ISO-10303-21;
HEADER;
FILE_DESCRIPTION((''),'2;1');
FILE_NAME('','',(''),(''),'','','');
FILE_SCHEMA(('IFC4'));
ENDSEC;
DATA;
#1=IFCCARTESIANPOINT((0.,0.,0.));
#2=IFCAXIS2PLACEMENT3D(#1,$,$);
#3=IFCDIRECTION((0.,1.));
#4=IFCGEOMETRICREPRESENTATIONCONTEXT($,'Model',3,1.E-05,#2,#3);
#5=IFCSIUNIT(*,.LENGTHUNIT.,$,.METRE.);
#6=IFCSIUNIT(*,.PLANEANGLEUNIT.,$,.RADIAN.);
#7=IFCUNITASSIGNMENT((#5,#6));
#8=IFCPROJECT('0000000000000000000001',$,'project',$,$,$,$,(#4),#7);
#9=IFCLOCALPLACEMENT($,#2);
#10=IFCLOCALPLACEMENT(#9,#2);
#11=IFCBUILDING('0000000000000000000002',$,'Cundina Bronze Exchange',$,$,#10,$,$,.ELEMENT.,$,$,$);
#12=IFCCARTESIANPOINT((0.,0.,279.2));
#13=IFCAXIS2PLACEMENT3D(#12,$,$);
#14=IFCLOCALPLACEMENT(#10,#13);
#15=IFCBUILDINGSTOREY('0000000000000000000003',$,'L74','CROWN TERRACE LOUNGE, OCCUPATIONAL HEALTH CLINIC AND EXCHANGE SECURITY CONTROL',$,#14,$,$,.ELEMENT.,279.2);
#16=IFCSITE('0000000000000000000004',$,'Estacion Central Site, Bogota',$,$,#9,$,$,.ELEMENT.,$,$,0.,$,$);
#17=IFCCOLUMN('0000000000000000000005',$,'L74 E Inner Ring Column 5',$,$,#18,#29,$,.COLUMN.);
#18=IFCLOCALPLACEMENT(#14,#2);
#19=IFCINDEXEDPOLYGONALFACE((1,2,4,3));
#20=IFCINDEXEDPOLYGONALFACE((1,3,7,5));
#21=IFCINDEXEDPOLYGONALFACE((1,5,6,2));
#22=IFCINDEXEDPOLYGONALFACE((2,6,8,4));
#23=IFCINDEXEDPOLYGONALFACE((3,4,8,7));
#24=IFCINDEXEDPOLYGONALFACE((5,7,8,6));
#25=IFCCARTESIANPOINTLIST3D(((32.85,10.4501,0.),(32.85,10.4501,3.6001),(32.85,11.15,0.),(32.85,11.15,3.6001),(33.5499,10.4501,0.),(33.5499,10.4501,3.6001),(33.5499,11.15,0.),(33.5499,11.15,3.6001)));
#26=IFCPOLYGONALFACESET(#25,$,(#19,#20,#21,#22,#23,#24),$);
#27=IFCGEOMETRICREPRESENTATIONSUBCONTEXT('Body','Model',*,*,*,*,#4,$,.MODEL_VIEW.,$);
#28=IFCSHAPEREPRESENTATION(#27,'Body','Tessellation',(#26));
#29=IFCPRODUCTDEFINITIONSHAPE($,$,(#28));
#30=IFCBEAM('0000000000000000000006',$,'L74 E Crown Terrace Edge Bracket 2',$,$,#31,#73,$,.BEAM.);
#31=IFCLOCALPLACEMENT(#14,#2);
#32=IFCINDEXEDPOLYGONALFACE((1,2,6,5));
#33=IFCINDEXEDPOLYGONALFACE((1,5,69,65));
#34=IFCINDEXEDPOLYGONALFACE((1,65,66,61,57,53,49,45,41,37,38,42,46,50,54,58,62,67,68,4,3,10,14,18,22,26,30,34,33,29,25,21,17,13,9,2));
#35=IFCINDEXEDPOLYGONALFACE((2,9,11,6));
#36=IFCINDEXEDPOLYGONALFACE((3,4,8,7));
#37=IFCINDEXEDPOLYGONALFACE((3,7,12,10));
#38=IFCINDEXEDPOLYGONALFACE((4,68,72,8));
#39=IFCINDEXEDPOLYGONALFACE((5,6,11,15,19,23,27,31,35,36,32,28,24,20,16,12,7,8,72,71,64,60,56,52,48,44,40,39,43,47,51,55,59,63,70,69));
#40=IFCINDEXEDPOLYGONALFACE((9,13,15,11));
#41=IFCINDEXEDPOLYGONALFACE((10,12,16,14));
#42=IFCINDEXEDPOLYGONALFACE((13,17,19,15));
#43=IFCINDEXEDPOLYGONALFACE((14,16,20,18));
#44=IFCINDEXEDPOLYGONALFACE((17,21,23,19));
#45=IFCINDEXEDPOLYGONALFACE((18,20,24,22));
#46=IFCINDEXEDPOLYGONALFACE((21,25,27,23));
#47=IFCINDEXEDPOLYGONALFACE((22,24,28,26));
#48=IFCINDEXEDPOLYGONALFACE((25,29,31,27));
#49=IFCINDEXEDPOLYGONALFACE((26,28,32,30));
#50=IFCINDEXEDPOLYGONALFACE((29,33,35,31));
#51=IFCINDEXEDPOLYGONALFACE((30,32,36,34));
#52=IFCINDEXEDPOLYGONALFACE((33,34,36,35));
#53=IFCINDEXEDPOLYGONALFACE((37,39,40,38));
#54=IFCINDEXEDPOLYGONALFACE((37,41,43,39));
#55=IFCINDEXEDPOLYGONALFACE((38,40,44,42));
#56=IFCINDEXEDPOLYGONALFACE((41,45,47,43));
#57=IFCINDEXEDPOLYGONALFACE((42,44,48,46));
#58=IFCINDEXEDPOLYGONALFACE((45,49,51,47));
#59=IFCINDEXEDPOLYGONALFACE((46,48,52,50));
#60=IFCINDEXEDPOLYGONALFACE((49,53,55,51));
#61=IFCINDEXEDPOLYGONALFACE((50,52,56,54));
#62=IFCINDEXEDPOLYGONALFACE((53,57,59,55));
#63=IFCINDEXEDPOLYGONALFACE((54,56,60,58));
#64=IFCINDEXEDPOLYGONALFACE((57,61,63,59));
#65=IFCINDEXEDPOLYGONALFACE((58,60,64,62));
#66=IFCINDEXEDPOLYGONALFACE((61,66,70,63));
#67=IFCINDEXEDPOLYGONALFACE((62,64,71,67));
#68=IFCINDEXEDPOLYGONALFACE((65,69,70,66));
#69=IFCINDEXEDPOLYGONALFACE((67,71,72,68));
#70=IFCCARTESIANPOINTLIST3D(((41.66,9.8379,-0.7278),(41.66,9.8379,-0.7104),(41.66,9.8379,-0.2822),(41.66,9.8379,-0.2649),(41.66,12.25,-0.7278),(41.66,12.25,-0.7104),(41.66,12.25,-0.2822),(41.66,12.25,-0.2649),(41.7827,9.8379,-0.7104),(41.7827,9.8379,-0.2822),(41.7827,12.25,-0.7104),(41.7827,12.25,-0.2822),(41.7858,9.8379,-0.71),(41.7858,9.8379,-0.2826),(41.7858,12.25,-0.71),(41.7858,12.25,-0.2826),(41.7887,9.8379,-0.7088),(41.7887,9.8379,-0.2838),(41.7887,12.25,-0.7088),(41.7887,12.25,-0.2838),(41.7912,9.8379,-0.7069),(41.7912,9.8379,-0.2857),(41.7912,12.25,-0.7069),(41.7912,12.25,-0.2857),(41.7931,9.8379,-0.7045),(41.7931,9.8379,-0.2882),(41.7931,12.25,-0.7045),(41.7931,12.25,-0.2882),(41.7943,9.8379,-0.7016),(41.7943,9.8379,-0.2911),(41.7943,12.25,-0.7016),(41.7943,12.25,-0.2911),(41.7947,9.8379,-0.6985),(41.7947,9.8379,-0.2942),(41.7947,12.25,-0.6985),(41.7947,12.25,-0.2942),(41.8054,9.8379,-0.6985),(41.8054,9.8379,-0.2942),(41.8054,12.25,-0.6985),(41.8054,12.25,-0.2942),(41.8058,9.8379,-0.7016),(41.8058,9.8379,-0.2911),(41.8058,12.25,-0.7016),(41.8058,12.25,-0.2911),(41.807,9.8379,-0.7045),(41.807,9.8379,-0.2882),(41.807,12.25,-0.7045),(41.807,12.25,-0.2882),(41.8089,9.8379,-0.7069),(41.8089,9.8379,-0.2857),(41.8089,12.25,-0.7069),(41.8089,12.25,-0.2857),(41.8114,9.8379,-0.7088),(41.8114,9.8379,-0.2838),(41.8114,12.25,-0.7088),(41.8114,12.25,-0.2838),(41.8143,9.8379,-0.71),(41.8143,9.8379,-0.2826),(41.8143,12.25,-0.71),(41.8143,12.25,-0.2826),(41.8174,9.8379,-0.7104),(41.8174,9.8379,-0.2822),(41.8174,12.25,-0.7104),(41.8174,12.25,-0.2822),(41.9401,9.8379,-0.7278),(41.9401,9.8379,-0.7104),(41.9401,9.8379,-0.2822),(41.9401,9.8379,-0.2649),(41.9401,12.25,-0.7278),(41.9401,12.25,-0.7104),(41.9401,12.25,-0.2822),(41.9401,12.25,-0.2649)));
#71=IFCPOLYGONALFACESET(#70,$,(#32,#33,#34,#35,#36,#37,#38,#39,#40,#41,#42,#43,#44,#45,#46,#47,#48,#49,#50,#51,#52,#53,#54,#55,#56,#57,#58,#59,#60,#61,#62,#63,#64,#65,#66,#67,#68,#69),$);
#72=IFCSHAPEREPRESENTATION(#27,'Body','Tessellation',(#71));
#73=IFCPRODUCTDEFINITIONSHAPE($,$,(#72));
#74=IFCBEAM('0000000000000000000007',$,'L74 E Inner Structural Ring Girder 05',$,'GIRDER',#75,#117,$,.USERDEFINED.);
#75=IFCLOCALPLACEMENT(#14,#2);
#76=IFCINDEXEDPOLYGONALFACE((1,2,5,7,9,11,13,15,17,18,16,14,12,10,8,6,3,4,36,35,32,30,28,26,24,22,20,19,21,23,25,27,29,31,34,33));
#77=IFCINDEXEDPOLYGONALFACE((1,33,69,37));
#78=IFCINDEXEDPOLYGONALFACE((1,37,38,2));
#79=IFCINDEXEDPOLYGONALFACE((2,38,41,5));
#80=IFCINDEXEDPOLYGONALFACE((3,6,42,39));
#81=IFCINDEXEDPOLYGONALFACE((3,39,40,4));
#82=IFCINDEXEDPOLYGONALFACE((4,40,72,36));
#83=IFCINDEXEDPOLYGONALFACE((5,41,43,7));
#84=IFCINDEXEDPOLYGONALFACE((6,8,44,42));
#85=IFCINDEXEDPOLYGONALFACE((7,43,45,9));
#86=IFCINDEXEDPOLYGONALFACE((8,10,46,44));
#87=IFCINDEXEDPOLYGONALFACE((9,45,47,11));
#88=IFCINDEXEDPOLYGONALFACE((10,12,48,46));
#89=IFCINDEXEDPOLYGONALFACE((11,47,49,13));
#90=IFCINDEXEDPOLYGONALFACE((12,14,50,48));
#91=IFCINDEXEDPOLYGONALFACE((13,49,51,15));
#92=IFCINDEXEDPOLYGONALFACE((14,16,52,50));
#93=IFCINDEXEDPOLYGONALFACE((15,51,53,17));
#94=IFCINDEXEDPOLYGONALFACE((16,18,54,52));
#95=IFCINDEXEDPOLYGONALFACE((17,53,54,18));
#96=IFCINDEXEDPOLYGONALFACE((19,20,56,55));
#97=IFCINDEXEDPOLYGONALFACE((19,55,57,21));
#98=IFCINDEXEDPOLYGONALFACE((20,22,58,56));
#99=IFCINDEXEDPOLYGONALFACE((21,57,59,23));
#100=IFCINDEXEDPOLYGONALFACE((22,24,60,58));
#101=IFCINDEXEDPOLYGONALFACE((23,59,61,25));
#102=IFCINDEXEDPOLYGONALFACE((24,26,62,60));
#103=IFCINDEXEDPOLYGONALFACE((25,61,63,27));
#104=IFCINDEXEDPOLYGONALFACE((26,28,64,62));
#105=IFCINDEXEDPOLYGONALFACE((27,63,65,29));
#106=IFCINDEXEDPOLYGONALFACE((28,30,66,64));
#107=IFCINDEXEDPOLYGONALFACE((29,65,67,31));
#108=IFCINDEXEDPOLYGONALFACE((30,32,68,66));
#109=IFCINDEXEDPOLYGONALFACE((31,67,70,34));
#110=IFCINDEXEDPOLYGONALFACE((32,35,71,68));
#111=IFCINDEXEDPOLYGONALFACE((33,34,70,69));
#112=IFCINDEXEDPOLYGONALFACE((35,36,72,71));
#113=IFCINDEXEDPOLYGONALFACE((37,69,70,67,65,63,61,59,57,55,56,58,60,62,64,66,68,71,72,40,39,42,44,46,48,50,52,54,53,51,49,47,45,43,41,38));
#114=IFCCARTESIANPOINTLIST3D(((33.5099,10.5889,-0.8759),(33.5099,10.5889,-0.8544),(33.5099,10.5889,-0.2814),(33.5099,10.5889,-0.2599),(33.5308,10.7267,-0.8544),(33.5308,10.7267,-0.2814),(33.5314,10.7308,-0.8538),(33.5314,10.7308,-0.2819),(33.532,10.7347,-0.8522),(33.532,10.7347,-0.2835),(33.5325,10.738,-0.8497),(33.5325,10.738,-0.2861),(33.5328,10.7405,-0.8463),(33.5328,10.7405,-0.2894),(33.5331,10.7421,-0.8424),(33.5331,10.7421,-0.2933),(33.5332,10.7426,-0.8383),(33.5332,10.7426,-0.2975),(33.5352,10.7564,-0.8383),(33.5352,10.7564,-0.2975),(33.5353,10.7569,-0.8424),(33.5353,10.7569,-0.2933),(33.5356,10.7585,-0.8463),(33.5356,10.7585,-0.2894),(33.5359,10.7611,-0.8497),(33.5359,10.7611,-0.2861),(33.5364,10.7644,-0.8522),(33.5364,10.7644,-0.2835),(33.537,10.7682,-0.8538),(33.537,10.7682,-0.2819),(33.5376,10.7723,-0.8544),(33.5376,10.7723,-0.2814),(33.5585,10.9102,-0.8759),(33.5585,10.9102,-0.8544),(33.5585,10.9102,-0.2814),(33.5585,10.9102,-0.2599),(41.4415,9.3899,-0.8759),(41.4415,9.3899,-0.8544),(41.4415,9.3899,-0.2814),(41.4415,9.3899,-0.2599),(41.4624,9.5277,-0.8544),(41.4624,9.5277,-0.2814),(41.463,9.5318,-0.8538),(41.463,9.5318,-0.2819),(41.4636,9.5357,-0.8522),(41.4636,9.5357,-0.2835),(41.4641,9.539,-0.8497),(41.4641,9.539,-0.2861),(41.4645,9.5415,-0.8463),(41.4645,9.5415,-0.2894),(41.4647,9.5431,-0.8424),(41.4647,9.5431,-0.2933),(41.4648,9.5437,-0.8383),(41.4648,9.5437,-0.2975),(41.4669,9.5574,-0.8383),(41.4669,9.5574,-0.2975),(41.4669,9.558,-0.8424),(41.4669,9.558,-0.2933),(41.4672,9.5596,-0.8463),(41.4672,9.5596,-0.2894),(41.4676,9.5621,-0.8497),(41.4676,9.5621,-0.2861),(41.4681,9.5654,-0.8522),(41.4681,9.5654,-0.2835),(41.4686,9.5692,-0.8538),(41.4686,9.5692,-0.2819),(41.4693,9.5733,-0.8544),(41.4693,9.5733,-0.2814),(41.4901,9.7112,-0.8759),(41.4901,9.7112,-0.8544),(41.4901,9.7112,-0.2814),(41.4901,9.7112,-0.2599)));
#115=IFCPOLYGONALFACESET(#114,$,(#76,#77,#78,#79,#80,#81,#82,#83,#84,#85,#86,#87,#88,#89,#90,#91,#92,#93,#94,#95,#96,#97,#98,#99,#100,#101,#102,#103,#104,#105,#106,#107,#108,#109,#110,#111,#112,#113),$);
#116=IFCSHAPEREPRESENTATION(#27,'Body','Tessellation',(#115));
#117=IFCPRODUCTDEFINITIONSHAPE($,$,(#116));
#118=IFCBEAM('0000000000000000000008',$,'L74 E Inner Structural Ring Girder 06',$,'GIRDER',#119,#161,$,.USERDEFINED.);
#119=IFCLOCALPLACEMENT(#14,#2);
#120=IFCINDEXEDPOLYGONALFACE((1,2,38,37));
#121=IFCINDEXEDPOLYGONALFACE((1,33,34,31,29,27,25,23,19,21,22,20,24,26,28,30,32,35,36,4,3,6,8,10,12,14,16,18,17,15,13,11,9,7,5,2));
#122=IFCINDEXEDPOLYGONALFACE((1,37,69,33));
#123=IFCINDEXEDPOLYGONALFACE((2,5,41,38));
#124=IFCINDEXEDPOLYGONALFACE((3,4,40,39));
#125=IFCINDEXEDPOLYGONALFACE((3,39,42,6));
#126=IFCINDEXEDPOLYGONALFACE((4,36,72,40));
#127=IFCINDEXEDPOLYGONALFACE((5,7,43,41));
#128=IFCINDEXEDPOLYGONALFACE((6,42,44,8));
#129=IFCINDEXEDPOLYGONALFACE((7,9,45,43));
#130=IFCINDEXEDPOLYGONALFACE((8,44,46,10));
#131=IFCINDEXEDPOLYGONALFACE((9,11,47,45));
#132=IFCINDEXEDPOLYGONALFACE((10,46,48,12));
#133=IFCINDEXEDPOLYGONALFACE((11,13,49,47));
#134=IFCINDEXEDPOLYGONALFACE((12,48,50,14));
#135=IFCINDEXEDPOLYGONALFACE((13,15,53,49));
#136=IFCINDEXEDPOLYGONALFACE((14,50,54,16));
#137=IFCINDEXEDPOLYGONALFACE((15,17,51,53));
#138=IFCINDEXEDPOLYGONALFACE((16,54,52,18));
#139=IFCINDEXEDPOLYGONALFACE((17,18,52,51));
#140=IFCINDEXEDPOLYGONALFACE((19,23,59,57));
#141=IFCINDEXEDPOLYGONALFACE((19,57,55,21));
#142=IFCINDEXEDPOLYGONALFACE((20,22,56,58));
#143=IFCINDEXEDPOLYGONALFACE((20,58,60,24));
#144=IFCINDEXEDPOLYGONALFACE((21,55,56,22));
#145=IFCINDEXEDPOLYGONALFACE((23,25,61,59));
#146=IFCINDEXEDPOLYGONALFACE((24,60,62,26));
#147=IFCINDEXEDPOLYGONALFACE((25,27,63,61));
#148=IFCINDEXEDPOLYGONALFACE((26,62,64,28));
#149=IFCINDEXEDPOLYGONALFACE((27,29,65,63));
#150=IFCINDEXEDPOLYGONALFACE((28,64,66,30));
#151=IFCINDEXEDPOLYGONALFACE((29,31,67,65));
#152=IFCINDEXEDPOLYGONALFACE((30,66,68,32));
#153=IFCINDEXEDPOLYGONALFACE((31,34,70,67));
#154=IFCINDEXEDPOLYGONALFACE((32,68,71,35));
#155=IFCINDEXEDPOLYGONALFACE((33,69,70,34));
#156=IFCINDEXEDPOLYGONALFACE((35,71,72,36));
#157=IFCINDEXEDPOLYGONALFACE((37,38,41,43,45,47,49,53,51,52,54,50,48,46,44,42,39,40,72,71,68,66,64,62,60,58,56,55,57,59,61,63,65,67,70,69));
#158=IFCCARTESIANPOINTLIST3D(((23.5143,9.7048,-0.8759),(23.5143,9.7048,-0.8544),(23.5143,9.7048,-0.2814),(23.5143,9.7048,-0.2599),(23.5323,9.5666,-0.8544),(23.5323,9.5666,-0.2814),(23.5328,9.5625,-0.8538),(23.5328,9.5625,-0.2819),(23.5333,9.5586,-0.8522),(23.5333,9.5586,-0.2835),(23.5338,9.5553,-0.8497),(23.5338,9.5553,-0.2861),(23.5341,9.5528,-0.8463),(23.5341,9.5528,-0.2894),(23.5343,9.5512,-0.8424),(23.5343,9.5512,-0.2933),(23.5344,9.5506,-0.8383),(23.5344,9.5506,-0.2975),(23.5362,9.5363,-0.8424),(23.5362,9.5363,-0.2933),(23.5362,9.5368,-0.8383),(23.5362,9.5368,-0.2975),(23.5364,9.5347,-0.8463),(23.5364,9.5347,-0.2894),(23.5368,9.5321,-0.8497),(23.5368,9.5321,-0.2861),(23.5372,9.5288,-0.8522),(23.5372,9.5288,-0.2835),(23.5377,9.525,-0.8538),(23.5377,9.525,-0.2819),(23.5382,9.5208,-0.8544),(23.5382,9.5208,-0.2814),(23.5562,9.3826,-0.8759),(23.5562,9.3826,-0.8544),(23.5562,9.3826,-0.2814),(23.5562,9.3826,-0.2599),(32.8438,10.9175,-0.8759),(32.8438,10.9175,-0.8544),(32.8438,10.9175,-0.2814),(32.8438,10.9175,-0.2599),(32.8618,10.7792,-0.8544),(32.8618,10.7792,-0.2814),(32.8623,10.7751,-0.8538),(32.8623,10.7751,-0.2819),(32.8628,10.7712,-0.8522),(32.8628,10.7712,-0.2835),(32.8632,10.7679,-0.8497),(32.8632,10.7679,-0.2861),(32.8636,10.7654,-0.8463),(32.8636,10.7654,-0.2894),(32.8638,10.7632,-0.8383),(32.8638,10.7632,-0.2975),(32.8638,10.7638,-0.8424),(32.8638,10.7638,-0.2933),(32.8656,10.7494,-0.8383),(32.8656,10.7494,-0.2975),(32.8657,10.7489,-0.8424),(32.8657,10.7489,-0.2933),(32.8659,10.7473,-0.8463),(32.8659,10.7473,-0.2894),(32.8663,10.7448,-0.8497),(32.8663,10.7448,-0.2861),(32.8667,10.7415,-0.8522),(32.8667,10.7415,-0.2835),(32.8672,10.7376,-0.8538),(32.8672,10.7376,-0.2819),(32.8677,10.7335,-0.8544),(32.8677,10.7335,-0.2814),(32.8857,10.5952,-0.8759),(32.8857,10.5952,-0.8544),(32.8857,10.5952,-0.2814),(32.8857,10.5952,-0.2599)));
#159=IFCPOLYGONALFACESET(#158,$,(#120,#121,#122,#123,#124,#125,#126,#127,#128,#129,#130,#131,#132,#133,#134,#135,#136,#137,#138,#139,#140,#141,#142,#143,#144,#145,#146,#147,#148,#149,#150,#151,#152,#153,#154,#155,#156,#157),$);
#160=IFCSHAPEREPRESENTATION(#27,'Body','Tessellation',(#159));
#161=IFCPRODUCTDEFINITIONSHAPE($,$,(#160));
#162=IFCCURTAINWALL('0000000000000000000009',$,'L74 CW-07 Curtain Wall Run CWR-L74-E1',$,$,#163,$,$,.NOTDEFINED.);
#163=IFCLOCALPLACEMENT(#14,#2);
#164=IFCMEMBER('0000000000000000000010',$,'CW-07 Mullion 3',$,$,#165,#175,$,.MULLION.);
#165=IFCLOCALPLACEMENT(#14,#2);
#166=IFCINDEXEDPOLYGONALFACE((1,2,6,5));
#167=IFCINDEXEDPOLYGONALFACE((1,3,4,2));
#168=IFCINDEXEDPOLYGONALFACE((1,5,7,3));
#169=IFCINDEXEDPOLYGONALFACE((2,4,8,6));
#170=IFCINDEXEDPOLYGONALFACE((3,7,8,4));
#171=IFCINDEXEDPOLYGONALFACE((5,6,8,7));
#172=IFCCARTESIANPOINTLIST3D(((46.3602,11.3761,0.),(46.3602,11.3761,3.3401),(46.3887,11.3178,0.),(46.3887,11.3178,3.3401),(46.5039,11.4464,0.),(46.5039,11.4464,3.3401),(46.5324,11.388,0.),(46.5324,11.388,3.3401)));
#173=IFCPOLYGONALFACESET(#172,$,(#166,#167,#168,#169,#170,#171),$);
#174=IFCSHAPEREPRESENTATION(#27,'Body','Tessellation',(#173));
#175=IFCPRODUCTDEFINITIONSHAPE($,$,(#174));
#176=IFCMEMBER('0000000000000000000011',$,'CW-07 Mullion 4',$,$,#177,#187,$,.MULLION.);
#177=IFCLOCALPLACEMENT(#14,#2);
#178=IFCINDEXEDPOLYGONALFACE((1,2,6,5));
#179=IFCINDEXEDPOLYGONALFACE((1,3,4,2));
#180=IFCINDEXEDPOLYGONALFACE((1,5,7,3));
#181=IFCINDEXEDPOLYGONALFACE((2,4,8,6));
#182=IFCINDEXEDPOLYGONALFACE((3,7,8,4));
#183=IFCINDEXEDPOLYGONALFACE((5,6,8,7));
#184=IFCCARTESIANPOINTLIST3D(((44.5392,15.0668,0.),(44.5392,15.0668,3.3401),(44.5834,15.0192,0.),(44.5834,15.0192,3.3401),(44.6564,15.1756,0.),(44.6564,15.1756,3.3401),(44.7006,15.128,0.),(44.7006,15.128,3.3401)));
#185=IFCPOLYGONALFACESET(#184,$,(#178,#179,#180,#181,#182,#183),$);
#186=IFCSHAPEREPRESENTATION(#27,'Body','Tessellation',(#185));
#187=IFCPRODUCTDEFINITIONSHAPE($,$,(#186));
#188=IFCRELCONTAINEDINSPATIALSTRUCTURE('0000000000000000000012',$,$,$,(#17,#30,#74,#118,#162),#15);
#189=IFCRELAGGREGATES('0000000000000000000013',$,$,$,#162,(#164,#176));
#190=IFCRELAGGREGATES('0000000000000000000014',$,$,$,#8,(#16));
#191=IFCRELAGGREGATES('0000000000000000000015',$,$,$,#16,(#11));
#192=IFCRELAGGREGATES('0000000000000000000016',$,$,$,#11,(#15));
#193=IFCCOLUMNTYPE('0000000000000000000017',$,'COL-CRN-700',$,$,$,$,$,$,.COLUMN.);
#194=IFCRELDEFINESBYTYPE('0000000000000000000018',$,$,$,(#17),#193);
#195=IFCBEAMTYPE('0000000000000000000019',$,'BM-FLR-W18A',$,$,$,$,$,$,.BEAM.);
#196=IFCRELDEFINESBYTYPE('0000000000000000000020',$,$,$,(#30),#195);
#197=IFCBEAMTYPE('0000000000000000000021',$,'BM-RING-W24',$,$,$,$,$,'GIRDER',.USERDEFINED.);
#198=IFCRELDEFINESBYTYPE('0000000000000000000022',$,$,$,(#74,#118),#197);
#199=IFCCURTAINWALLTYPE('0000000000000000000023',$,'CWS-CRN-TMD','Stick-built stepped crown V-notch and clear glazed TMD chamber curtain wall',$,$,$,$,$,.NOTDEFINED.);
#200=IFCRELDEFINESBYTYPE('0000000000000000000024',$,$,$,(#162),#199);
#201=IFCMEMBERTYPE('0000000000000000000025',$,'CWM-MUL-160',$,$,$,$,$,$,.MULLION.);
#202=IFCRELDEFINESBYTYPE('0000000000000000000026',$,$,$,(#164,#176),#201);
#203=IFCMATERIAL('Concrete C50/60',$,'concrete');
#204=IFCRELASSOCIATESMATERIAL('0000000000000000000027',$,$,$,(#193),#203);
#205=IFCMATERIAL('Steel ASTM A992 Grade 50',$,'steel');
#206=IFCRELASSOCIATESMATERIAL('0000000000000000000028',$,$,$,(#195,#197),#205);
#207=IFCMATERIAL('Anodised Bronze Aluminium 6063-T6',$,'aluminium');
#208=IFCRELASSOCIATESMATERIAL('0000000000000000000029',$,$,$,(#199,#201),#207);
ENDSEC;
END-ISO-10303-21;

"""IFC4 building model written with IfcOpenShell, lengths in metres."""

from ifc_helpers import new_model, si_unit, direction, frame, origin, origin_2d, place, context, subcontext, project, spatial, rectangle, i_section, extrude, material, material_profile, profile_set, type_object, element, aggregate, save


model = new_model("IFC4")

# Units and contexts
model_context = context("Model", 3, precision=1e-05, world=origin(), true_north=direction((0.0, 1.0)))
body_context = subcontext(model_context, "Body", "Model", "MODEL_VIEW")
ifc_project = project(units=[si_unit("LENGTHUNIT", "METRE"), si_unit("PLANEANGLEUNIT", "RADIAN")], contexts=[model_context])

# Site, building, storey
site_placement = place(None, origin())
site = spatial("IfcSite", under=ifc_project, at=site_placement, Name="Estacion Central Site, Bogota", CompositionType="ELEMENT", RefElevation=0.0)
building_placement = place(site_placement, origin())
building = spatial("IfcBuilding", under=site, at=building_placement, Name="Cundina Bronze Exchange", CompositionType="ELEMENT")
storey_placement = place(building_placement, frame((0.0, 0.0, 279.2)))
storey = spatial("IfcBuildingStorey", under=building, at=storey_placement, Name="L74", Description="CROWN TERRACE LOUNGE, OCCUPATIONAL HEALTH CLINIC AND EXCHANGE SECURITY CONTROL", CompositionType="ELEMENT", Elevation=279.2)

# Column
ifc_material_1 = material(Name="Concrete C50/60", Category="concrete")
ifc_material_profile_1 = material_profile(ifc_material_1, rectangle(XDim=0.7, YDim=0.7, at=origin_2d()), Name="RC700X700", Category="concrete")
ifc_profile_set_1 = profile_set([ifc_material_profile_1], Name="Concrete C50/60")
column_type = type_object("IfcColumnType", Name="COL-CRN-700", PredefinedType="COLUMN", material=ifc_profile_set_1)
column_placement = place(storey_placement, frame((33.2, 10.8, 0.0), z_axis=(0.0, 0.0, 1.0), x_axis=(1.0, 0.0, 0.0)))
element("IfcColumn", 1, at=column_placement, inside=storey, type_object=column_type, Name="L74 E Inner Ring Column 5", PredefinedType="COLUMN", context=body_context, shape_type="SweptSolid", body=[
    extrude(rectangle(XDim=0.7, YDim=0.7, at=origin_2d()), origin(), (0.0, 0.0, 1.0), 3.6001),
])

# Beams
ifc_material_2 = material(Name="Steel ASTM A992 Grade 50", Category="steel")
ifc_material_profile_2 = material_profile(ifc_material_2, i_section(OverallWidth=0.28, OverallDepth=0.4629, WebThickness=0.0107, FlangeThickness=0.0173, FilletRadius=0.012, at=origin_2d()), Name="W18X76", Category="steel")
ifc_profile_set_2 = profile_set([ifc_material_profile_2], Name="Steel ASTM A992 Grade 50")
beam_type_1 = type_object("IfcBeamType", Name="BM-FLR-W18A", PredefinedType="BEAM", material=ifc_profile_set_2)
beam_1_placement = place(storey_placement, frame((41.8, 9.8379, -0.4963), z_axis=(0.0, 1.0, 0.0), x_axis=(-1.0, 0.0, 0.0)))
element("IfcBeam", 2, at=beam_1_placement, inside=storey, type_object=beam_type_1, Name="L74 E Crown Terrace Edge Bracket 2", PredefinedType="BEAM", context=body_context, shape_type="SweptSolid", body=[
    extrude(i_section(OverallWidth=0.28, OverallDepth=0.4629, WebThickness=0.0107, FlangeThickness=0.0173, FilletRadius=0.012, at=origin_2d()), origin(), (0.0, 0.0, 1.0), 2.4121),
])
ifc_material_profile_3 = material_profile(ifc_material_2, i_section(OverallWidth=0.325, OverallDepth=0.616, WebThickness=0.0139, FlangeThickness=0.0215, FilletRadius=0.0161, at=origin_2d()), Name="W24X117", Category="steel")
ifc_profile_set_3 = profile_set([ifc_material_profile_3], Name="Steel ASTM A992 Grade 50")
beam_type_2 = type_object("IfcBeamType", Name="BM-RING-W24", ElementType="GIRDER", PredefinedType="USERDEFINED", material=ifc_profile_set_3)
beam_2_placement = place(storey_placement, frame((41.4658, 9.5505, -0.5679), z_axis=(-0.988767, 0.149465, 0.0), x_axis=(-0.149465, -0.988767, 0.0)))
element("IfcBeam", 3, at=beam_2_placement, inside=storey, type_object=beam_type_2, Name="L74 E Inner Structural Ring Girder 05", ObjectType="GIRDER", PredefinedType="USERDEFINED", context=body_context, shape_type="SweptSolid", body=[
    extrude(i_section(OverallWidth=0.325, OverallDepth=0.616, WebThickness=0.0139, FlangeThickness=0.0215, FilletRadius=0.0161, at=origin_2d()), origin(), (0.0, 0.0, 1.0), 8.0217),
])
beam_3_placement = place(storey_placement, frame((32.8647, 10.7563, -0.5679), z_axis=(-0.991658, -0.128894, 0.0), x_axis=(0.128894, -0.991658, 0.0)))
element("IfcBeam", 4, at=beam_3_placement, inside=storey, type_object=beam_type_2, Name="L74 E Inner Structural Ring Girder 06", ObjectType="GIRDER", PredefinedType="USERDEFINED", context=body_context, shape_type="SweptSolid", body=[
    extrude(i_section(OverallWidth=0.325, OverallDepth=0.616, WebThickness=0.0139, FlangeThickness=0.0215, FilletRadius=0.0161, at=origin_2d()), origin(), (0.0, 0.0, 1.0), 9.408),
])

# Curtain wall, members
ifc_material_3 = material(Name="Anodised Bronze Aluminium 6063-T6", Category="aluminium")
curtain_wall_type = type_object("IfcCurtainWallType", Name="CWS-CRN-TMD", Description="Stick-built stepped crown V-notch and clear glazed TMD chamber curtain wall", PredefinedType="NOTDEFINED", material=ifc_material_3)
curtain_wall_placement = place(storey_placement, origin())
curtain_wall = element("IfcCurtainWall", 5, at=curtain_wall_placement, inside=storey, type_object=curtain_wall_type, Name="L74 CW-07 Curtain Wall Run CWR-L74-E1", PredefinedType="NOTDEFINED")
ifc_material_profile_4 = material_profile(ifc_material_3, rectangle(XDim=0.0649, YDim=0.1599, at=origin_2d()), Name="AL65X160", Category="aluminium")
ifc_profile_set_4 = profile_set([ifc_material_profile_4], Name="Anodised Bronze Aluminium 6063-T6")
member_type_1 = type_object("IfcMemberType", Name="CWM-MUL-160", PredefinedType="MULLION", material=ifc_profile_set_4)
member_1_placement = place(storey_placement, frame((46.4463, 11.3821, 0.0), z_axis=(0.0, 0.0, 1.0), x_axis=(-0.439312, 0.898334, 0.0)))
member_1 = element("IfcMember", 6, at=member_1_placement, type_object=member_type_1, Name="CW-07 Mullion 3", PredefinedType="MULLION", context=body_context, shape_type="SweptSolid", body=[
    extrude(rectangle(XDim=0.0649, YDim=0.1599, at=origin_2d()), origin(), (0.0, 0.0, 1.0), 3.3401),
])
member_2_placement = place(storey_placement, frame((44.6199, 15.0974, 0.0), z_axis=(0.0, 0.0, 1.0), x_axis=(-0.680465, 0.73278, 0.0)))
member_2 = element("IfcMember", 7, at=member_2_placement, type_object=member_type_1, Name="CW-07 Mullion 4", PredefinedType="MULLION", context=body_context, shape_type="SweptSolid", body=[
    extrude(rectangle(XDim=0.0649, YDim=0.1599, at=origin_2d()), origin(), (0.0, 0.0, 1.0), 3.3401),
])
aggregate(curtain_wall, [member_1, member_2])

save(model, "model.ifc")
